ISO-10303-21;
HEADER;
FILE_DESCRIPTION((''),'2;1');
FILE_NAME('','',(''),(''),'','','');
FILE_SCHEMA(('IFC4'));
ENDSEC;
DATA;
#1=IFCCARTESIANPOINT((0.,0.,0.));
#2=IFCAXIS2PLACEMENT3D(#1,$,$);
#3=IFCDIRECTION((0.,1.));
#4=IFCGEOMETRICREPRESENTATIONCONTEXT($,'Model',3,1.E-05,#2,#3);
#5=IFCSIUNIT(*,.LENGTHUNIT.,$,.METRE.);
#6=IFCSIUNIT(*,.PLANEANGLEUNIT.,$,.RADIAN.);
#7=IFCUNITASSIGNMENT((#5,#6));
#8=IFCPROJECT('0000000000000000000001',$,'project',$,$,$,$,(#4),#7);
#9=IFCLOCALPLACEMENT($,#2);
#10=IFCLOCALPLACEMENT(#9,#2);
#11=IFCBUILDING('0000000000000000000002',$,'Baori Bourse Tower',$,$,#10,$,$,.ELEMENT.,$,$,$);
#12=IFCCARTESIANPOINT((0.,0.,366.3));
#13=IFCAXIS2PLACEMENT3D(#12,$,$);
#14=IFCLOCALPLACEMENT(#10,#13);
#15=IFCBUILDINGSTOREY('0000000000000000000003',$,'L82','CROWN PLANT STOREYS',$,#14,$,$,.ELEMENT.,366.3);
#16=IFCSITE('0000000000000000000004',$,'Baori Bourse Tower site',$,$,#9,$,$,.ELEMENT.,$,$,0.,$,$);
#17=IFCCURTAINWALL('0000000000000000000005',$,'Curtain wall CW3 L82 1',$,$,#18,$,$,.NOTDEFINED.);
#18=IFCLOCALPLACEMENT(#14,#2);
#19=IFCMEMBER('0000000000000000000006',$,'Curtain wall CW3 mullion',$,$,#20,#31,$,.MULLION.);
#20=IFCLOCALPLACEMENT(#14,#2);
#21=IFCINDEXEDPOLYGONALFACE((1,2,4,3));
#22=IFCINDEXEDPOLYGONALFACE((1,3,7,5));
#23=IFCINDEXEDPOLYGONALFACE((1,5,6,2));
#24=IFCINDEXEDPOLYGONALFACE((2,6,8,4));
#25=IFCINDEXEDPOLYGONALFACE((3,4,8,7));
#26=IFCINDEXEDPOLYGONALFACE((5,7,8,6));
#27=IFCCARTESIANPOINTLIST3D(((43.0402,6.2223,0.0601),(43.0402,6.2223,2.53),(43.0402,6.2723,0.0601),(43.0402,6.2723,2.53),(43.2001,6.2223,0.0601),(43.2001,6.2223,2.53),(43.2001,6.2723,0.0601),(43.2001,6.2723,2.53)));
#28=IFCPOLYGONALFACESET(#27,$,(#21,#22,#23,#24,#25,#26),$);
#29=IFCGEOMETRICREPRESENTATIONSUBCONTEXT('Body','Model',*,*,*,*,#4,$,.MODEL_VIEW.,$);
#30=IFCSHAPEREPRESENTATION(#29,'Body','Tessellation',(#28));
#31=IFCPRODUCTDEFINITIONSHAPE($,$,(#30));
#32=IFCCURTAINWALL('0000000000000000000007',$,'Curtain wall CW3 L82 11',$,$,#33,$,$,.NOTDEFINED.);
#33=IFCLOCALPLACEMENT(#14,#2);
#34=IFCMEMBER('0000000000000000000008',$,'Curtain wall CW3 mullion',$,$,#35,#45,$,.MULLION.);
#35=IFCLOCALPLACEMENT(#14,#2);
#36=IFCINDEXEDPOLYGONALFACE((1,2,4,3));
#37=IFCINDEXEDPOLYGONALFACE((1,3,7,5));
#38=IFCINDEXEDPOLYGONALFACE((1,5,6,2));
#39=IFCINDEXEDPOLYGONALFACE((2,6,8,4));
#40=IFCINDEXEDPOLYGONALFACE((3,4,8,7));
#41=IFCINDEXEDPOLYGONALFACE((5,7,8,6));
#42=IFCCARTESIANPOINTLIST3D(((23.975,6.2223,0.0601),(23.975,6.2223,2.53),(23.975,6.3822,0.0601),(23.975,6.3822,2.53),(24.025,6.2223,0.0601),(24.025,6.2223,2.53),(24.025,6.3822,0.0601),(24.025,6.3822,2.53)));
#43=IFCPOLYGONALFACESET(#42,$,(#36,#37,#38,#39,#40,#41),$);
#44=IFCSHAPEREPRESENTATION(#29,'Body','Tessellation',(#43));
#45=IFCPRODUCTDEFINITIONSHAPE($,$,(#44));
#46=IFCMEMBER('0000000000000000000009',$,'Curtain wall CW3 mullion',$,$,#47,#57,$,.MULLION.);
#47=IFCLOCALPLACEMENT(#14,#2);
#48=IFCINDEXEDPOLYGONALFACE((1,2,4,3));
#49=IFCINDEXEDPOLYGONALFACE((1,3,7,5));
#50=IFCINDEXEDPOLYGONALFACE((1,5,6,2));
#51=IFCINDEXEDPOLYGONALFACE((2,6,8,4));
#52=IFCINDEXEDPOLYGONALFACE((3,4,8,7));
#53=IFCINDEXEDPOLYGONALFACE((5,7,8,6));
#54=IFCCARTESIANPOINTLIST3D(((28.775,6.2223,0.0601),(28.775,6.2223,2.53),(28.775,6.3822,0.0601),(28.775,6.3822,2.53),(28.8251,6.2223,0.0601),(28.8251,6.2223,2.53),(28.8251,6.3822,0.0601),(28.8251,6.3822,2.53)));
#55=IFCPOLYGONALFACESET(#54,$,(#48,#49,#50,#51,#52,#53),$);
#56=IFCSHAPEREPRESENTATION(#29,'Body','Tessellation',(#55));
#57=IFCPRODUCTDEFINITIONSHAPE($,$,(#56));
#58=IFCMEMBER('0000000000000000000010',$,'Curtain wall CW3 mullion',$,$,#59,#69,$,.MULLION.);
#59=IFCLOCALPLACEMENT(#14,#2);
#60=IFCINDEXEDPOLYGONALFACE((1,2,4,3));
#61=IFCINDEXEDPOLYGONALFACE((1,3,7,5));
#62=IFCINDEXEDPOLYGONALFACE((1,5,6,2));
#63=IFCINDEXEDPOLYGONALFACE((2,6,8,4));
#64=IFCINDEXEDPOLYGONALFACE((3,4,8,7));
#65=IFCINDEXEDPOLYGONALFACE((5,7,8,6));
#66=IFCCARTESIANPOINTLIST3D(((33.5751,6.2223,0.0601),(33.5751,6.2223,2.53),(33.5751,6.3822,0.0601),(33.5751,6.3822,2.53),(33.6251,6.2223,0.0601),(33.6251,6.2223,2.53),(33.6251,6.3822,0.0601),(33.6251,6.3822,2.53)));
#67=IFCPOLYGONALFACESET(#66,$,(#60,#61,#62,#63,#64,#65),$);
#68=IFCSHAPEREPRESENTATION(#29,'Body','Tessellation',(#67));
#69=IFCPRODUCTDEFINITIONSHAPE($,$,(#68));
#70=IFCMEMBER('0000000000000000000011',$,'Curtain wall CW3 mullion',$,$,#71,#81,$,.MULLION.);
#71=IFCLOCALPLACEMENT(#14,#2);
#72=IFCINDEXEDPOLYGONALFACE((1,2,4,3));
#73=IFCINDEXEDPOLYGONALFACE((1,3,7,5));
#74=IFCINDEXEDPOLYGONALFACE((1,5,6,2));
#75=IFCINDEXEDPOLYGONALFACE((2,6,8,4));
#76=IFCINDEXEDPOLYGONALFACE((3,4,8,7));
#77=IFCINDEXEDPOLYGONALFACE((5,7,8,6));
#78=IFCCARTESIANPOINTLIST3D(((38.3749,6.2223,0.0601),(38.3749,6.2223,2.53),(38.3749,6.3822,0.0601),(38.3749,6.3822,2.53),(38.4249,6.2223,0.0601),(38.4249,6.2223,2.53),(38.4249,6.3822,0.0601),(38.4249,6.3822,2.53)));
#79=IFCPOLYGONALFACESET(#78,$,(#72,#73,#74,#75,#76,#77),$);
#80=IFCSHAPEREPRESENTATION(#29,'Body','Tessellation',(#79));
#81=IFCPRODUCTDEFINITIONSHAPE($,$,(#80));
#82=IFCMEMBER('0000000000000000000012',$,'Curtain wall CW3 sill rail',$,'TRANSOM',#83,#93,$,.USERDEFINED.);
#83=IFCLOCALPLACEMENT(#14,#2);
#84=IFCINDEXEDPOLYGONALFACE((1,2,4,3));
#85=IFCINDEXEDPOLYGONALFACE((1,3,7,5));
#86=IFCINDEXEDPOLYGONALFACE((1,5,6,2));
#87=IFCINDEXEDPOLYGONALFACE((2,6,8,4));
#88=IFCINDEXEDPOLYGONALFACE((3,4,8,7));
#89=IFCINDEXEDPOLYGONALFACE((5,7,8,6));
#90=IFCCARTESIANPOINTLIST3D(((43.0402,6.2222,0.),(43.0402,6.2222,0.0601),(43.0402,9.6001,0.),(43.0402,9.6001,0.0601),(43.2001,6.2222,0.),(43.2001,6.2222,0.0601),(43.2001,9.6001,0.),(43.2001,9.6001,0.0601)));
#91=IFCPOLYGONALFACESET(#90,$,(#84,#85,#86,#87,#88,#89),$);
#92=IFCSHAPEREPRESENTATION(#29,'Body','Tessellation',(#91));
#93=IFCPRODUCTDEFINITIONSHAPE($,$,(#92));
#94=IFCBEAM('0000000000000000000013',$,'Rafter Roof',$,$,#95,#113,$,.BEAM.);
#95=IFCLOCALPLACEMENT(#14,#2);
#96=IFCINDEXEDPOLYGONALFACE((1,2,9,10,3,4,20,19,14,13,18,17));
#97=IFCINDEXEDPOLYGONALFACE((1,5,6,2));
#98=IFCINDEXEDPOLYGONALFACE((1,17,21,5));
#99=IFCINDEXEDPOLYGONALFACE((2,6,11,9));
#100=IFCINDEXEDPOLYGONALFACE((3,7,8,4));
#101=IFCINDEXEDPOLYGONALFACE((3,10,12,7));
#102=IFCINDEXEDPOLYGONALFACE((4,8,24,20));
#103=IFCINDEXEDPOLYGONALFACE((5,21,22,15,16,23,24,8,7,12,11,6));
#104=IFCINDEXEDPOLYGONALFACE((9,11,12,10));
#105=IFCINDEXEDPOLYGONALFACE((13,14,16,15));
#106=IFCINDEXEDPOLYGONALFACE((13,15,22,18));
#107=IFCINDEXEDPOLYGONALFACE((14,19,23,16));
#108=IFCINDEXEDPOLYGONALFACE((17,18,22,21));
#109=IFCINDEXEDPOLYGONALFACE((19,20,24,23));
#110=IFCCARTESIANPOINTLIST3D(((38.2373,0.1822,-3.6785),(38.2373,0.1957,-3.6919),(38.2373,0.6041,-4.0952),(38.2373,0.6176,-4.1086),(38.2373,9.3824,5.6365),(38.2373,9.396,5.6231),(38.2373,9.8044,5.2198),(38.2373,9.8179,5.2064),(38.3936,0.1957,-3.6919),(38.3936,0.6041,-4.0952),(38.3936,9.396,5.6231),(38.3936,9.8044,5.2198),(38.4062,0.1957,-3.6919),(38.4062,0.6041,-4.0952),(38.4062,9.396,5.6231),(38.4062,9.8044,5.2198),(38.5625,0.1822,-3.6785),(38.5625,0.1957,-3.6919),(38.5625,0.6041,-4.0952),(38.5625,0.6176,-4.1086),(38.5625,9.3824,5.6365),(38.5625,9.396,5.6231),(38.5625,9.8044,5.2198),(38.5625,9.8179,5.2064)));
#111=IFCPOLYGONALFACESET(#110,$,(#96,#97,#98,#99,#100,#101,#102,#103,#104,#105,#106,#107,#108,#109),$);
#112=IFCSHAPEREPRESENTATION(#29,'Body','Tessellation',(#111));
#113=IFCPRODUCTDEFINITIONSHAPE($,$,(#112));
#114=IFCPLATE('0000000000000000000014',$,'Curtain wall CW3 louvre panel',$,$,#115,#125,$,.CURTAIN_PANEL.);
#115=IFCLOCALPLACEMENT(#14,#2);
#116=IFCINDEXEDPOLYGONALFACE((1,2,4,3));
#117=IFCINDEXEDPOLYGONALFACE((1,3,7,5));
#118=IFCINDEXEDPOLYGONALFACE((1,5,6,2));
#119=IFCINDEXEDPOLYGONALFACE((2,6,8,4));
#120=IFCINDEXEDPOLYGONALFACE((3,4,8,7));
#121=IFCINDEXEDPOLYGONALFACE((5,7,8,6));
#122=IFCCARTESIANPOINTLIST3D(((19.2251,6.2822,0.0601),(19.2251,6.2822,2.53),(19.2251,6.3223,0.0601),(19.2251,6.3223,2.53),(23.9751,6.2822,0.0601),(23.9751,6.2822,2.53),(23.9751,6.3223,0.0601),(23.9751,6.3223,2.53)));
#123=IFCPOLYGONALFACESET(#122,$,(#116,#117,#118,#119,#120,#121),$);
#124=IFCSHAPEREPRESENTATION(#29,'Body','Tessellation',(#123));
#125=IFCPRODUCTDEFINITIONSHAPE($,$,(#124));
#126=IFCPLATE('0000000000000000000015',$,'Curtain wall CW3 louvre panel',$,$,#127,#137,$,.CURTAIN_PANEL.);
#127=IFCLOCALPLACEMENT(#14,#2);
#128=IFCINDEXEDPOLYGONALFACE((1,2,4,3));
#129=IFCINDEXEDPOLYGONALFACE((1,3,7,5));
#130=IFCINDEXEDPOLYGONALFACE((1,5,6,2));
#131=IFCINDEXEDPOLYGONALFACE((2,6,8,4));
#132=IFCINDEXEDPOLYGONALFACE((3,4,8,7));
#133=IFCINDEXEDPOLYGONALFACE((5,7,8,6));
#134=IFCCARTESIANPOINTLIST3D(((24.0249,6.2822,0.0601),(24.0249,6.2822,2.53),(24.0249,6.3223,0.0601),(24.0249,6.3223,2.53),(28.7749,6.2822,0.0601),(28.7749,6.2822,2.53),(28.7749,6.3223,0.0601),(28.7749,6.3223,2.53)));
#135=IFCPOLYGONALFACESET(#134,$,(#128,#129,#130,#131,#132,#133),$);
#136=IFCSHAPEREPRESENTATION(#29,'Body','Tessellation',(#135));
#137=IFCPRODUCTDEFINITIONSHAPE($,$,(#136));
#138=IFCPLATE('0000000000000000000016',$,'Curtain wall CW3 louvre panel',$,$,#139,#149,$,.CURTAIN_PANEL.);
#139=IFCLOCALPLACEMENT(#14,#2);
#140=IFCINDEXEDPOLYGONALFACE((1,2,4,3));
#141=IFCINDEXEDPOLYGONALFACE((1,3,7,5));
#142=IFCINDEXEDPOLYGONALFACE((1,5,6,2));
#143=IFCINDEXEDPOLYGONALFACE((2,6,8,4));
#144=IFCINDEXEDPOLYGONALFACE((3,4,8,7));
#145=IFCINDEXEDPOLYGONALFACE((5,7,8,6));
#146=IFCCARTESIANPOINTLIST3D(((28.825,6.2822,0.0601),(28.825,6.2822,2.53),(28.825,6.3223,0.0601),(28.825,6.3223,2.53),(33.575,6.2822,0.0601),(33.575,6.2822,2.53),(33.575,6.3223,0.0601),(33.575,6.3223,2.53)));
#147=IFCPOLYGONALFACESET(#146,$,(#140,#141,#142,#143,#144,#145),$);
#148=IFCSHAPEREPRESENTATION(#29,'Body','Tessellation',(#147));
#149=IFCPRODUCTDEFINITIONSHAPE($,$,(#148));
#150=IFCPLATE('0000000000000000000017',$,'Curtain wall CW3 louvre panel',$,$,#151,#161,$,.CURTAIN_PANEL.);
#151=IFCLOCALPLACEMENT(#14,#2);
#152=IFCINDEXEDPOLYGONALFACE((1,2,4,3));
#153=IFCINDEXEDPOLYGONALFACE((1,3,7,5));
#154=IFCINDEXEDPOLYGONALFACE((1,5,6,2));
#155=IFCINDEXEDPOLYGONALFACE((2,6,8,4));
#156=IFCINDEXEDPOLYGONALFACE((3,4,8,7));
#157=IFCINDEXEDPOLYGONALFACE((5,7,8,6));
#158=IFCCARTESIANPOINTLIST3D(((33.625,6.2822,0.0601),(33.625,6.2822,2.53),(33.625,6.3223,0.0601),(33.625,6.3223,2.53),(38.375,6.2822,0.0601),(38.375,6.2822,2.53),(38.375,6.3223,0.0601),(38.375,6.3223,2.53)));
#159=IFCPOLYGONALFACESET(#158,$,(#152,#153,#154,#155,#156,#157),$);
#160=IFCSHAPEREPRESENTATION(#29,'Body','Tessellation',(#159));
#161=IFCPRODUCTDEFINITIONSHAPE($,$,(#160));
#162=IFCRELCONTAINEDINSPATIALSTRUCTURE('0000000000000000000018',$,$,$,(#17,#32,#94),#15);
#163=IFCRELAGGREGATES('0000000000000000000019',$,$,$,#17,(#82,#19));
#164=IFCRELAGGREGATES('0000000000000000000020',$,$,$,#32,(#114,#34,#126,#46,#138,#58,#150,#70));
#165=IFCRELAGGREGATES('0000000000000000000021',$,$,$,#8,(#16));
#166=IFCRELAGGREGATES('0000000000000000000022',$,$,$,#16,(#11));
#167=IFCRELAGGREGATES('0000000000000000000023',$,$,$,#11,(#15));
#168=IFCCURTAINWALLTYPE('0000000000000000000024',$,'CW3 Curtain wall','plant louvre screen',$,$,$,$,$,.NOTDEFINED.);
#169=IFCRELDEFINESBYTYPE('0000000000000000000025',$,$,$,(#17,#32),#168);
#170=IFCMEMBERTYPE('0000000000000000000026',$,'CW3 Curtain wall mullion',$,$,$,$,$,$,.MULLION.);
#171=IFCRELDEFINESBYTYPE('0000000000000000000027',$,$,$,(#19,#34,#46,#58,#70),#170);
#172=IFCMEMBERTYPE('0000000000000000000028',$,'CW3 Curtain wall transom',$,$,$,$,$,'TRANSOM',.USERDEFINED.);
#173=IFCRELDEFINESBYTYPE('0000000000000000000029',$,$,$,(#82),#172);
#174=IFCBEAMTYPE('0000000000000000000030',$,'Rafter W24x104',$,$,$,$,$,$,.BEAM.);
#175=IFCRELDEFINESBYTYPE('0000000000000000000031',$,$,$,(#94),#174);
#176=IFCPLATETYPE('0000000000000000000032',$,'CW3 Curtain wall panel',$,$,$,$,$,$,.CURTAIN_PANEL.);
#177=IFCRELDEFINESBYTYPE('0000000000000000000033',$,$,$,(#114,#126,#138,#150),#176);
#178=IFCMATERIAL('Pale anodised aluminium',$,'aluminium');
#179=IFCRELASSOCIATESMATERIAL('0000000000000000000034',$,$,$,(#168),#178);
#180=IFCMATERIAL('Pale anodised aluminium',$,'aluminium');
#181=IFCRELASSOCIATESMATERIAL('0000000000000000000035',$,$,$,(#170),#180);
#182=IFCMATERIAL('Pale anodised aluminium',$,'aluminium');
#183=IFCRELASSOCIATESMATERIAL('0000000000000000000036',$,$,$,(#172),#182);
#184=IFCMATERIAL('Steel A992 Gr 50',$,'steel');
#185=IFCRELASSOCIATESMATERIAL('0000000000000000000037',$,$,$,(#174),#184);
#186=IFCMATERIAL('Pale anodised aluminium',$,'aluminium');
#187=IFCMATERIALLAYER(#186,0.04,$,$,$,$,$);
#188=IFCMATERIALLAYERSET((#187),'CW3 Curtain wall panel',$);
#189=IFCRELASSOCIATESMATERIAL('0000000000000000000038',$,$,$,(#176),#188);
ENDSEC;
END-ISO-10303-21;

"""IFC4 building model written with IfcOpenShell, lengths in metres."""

from ifc_helpers import new_model, si_unit, direction, frame, origin, origin_2d, place, context, subcontext, project, spatial, rectangle, i_section, extrude, material, layer, layer_set, material_profile, profile_set, type_object, element, aggregate, save


model = new_model("IFC4")

# Units and contexts
model_context = context("Model", 3, precision=1e-05, world=origin(), true_north=direction((0.0, 1.0)))
body_context = subcontext(model_context, "Body", "Model", "MODEL_VIEW")
ifc_project = project(units=[si_unit("LENGTHUNIT", "METRE"), si_unit("PLANEANGLEUNIT", "RADIAN")], contexts=[model_context])

# Site, building, storey
site_placement = place(None, origin())
site = spatial("IfcSite", under=ifc_project, at=site_placement, Name="Baori Bourse Tower site", CompositionType="ELEMENT", RefElevation=0.0)
building_placement = place(site_placement, origin())
building = spatial("IfcBuilding", under=site, at=building_placement, Name="Baori Bourse Tower", CompositionType="ELEMENT")
storey_placement = place(building_placement, frame((0.0, 0.0, 366.3)))
storey = spatial("IfcBuildingStorey", under=building, at=storey_placement, Name="L82", Description="CROWN PLANT STOREYS", CompositionType="ELEMENT", Elevation=366.3)

# Curtain wall, member
ifc_material_1 = material(Name="Pale anodised aluminium", Category="aluminium")
curtain_wall_type = type_object("IfcCurtainWallType", Name="CW3 Curtain wall", Description="plant louvre screen", PredefinedType="NOTDEFINED", material=ifc_material_1)
curtain_wall_1_placement = place(storey_placement, origin())
curtain_wall_1 = element("IfcCurtainWall", 1, at=curtain_wall_1_placement, inside=storey, type_object=curtain_wall_type, Name="Curtain wall CW3 L82 1", PredefinedType="NOTDEFINED")
ifc_material_2 = material(Name="Pale anodised aluminium", Category="aluminium")
ifc_material_profile_1 = material_profile(ifc_material_2, rectangle(XDim=0.1599, YDim=0.05, at=origin_2d()), Name="Mullion 50x160")
ifc_profile_set_1 = profile_set([ifc_material_profile_1], Name="Pale anodised aluminium")
member_type_1 = type_object("IfcMemberType", Name="CW3 Curtain wall mullion", PredefinedType="MULLION", material=ifc_profile_set_1)
member_1_placement = place(storey_placement, frame((43.1201, 6.2473, 0.0601), z_axis=(0.0, 0.0, 1.0), x_axis=(-1.0, 0.0, 0.0)))
member_1 = element("IfcMember", 2, at=member_1_placement, type_object=member_type_1, Name="Curtain wall CW3 mullion", PredefinedType="MULLION", context=body_context, shape_type="SweptSolid", body=[
    extrude(rectangle(XDim=0.1599, YDim=0.05, at=origin_2d()), origin(), (0.0, 0.0, 1.0), 2.47),
])

# Curtain wall, members
curtain_wall_2_placement = place(storey_placement, origin())
curtain_wall_2 = element("IfcCurtainWall", 3, at=curtain_wall_2_placement, inside=storey, type_object=curtain_wall_type, Name="Curtain wall CW3 L82 11", PredefinedType="NOTDEFINED")
member_2_placement = place(storey_placement, frame((24.0, 6.3022, 0.0601), z_axis=(0.0, 0.0, 1.0), x_axis=(0.0, 1.0, 0.0)))
member_2 = element("IfcMember", 4, at=member_2_placement, type_object=member_type_1, Name="Curtain wall CW3 mullion", PredefinedType="MULLION", context=body_context, shape_type="SweptSolid", body=[
    extrude(rectangle(XDim=0.1599, YDim=0.05, at=origin_2d()), origin(), (0.0, 0.0, 1.0), 2.47),
])
member_3_placement = place(storey_placement, frame((28.8, 6.3022, 0.0601), z_axis=(0.0, 0.0, 1.0), x_axis=(0.0, 1.0, 0.0)))
member_3 = element("IfcMember", 5, at=member_3_placement, type_object=member_type_1, Name="Curtain wall CW3 mullion", PredefinedType="MULLION", context=body_context, shape_type="SweptSolid", body=[
    extrude(rectangle(XDim=0.1599, YDim=0.05, at=origin_2d()), origin(), (0.0, 0.0, 1.0), 2.47),
])
member_4_placement = place(storey_placement, frame((33.6001, 6.3022, 0.0601), z_axis=(0.0, 0.0, 1.0), x_axis=(0.0, 1.0, 0.0)))
member_4 = element("IfcMember", 6, at=member_4_placement, type_object=member_type_1, Name="Curtain wall CW3 mullion", PredefinedType="MULLION", context=body_context, shape_type="SweptSolid", body=[
    extrude(rectangle(XDim=0.1599, YDim=0.05, at=origin_2d()), origin(), (0.0, 0.0, 1.0), 2.47),
])
member_5_placement = place(storey_placement, frame((38.3999, 6.3022, 0.0601), z_axis=(0.0, 0.0, 1.0), x_axis=(0.0, 1.0, 0.0)))
member_5 = element("IfcMember", 7, at=member_5_placement, type_object=member_type_1, Name="Curtain wall CW3 mullion", PredefinedType="MULLION", context=body_context, shape_type="SweptSolid", body=[
    extrude(rectangle(XDim=0.1599, YDim=0.05, at=origin_2d()), origin(), (0.0, 0.0, 1.0), 2.47),
])

# Member
ifc_material_3 = material(Name="Pale anodised aluminium", Category="aluminium")
ifc_material_profile_2 = material_profile(ifc_material_3, rectangle(XDim=0.1599, YDim=0.0601, at=origin_2d()), Name="Transom 60x160")
ifc_profile_set_2 = profile_set([ifc_material_profile_2], Name="Pale anodised aluminium")
member_type_2 = type_object("IfcMemberType", Name="CW3 Curtain wall transom", ElementType="TRANSOM", PredefinedType="USERDEFINED", material=ifc_profile_set_2)
member_6_placement = place(storey_placement, frame((43.1201, 6.2222, 0.03), z_axis=(0.0, 1.0, 0.0), x_axis=(-1.0, 0.0, 0.0)))
member_6 = element("IfcMember", 8, at=member_6_placement, type_object=member_type_2, Name="Curtain wall CW3 sill rail", ObjectType="TRANSOM", PredefinedType="USERDEFINED", context=body_context, shape_type="SweptSolid", body=[
    extrude(rectangle(XDim=0.1599, YDim=0.0601, at=origin_2d()), origin(), (0.0, 0.0, 1.0), 3.3779),
])
aggregate(curtain_wall_1, [member_6, member_1])

# Beam
ifc_material_4 = material(Name="Steel A992 Gr 50", Category="steel")
ifc_material_profile_3 = material_profile(ifc_material_4, i_section(OverallWidth=0.3252, OverallDepth=0.6121, WebThickness=0.0127, FlangeThickness=0.019, at=origin_2d()), Name="W24x104")
ifc_profile_set_3 = profile_set([ifc_material_profile_3], Name="Steel A992 Gr 50")
beam_type = type_object("IfcBeamType", Name="Rafter W24x104", PredefinedType="BEAM", material=ifc_profile_set_3)
beam_placement = place(storey_placement, frame((38.3999, 0.3999, -3.8936), z_axis=(0.0, 0.702711, 0.711475), x_axis=(-1.0, 0.0, 0.0)))
element("IfcBeam", 9, at=beam_placement, inside=storey, type_object=beam_type, Name="Rafter Roof", PredefinedType="BEAM", context=body_context, shape_type="SweptSolid", body=[
    extrude(i_section(OverallWidth=0.3252, OverallDepth=0.6121, WebThickness=0.0127, FlangeThickness=0.019, at=origin_2d()), origin(), (0.0, 0.0, 1.0), 13.0925),
])

# Plates
ifc_material_5 = material(Name="Pale anodised aluminium", Category="aluminium")
ifc_layer = layer(ifc_material_5, 0.04)
ifc_layer_set = layer_set([ifc_layer], Name="CW3 Curtain wall panel")
plate_type = type_object("IfcPlateType", Name="CW3 Curtain wall panel", PredefinedType="CURTAIN_PANEL", material=ifc_layer_set)
plate_1_placement = place(storey_placement, frame((21.6001, 6.3022, 0.0601), z_axis=(0.0, 0.0, 1.0), x_axis=(1.0, 0.0, 0.0)))
plate_1 = element("IfcPlate", 10, at=plate_1_placement, type_object=plate_type, Name="Curtain wall CW3 louvre panel", PredefinedType="CURTAIN_PANEL", context=body_context, shape_type="SweptSolid", body=[
    extrude(rectangle(XDim=4.75, YDim=0.04, at=origin_2d()), origin(), (0.0, 0.0, 1.0), 2.47),
])
plate_2_placement = place(storey_placement, frame((26.3999, 6.3022, 0.0601), z_axis=(0.0, 0.0, 1.0), x_axis=(1.0, 0.0, 0.0)))
plate_2 = element("IfcPlate", 11, at=plate_2_placement, type_object=plate_type, Name="Curtain wall CW3 louvre panel", PredefinedType="CURTAIN_PANEL", context=body_context, shape_type="SweptSolid", body=[
    extrude(rectangle(XDim=4.75, YDim=0.04, at=origin_2d()), origin(), (0.0, 0.0, 1.0), 2.47),
])
plate_3_placement = place(storey_placement, frame((31.2, 6.3022, 0.0601), z_axis=(0.0, 0.0, 1.0), x_axis=(1.0, 0.0, 0.0)))
plate_3 = element("IfcPlate", 12, at=plate_3_placement, type_object=plate_type, Name="Curtain wall CW3 louvre panel", PredefinedType="CURTAIN_PANEL", context=body_context, shape_type="SweptSolid", body=[
    extrude(rectangle(XDim=4.75, YDim=0.04, at=origin_2d()), origin(), (0.0, 0.0, 1.0), 2.47),
])
plate_4_placement = place(storey_placement, frame((36.0, 6.3022, 0.0601), z_axis=(0.0, 0.0, 1.0), x_axis=(1.0, 0.0, 0.0)))
plate_4 = element("IfcPlate", 13, at=plate_4_placement, type_object=plate_type, Name="Curtain wall CW3 louvre panel", PredefinedType="CURTAIN_PANEL", context=body_context, shape_type="SweptSolid", body=[
    extrude(rectangle(XDim=4.75, YDim=0.04, at=origin_2d()), origin(), (0.0, 0.0, 1.0), 2.47),
])
aggregate(curtain_wall_2, [plate_1, member_2, plate_2, member_3, plate_3, member_4, plate_4, member_5])

save(model, "model.ifc")
